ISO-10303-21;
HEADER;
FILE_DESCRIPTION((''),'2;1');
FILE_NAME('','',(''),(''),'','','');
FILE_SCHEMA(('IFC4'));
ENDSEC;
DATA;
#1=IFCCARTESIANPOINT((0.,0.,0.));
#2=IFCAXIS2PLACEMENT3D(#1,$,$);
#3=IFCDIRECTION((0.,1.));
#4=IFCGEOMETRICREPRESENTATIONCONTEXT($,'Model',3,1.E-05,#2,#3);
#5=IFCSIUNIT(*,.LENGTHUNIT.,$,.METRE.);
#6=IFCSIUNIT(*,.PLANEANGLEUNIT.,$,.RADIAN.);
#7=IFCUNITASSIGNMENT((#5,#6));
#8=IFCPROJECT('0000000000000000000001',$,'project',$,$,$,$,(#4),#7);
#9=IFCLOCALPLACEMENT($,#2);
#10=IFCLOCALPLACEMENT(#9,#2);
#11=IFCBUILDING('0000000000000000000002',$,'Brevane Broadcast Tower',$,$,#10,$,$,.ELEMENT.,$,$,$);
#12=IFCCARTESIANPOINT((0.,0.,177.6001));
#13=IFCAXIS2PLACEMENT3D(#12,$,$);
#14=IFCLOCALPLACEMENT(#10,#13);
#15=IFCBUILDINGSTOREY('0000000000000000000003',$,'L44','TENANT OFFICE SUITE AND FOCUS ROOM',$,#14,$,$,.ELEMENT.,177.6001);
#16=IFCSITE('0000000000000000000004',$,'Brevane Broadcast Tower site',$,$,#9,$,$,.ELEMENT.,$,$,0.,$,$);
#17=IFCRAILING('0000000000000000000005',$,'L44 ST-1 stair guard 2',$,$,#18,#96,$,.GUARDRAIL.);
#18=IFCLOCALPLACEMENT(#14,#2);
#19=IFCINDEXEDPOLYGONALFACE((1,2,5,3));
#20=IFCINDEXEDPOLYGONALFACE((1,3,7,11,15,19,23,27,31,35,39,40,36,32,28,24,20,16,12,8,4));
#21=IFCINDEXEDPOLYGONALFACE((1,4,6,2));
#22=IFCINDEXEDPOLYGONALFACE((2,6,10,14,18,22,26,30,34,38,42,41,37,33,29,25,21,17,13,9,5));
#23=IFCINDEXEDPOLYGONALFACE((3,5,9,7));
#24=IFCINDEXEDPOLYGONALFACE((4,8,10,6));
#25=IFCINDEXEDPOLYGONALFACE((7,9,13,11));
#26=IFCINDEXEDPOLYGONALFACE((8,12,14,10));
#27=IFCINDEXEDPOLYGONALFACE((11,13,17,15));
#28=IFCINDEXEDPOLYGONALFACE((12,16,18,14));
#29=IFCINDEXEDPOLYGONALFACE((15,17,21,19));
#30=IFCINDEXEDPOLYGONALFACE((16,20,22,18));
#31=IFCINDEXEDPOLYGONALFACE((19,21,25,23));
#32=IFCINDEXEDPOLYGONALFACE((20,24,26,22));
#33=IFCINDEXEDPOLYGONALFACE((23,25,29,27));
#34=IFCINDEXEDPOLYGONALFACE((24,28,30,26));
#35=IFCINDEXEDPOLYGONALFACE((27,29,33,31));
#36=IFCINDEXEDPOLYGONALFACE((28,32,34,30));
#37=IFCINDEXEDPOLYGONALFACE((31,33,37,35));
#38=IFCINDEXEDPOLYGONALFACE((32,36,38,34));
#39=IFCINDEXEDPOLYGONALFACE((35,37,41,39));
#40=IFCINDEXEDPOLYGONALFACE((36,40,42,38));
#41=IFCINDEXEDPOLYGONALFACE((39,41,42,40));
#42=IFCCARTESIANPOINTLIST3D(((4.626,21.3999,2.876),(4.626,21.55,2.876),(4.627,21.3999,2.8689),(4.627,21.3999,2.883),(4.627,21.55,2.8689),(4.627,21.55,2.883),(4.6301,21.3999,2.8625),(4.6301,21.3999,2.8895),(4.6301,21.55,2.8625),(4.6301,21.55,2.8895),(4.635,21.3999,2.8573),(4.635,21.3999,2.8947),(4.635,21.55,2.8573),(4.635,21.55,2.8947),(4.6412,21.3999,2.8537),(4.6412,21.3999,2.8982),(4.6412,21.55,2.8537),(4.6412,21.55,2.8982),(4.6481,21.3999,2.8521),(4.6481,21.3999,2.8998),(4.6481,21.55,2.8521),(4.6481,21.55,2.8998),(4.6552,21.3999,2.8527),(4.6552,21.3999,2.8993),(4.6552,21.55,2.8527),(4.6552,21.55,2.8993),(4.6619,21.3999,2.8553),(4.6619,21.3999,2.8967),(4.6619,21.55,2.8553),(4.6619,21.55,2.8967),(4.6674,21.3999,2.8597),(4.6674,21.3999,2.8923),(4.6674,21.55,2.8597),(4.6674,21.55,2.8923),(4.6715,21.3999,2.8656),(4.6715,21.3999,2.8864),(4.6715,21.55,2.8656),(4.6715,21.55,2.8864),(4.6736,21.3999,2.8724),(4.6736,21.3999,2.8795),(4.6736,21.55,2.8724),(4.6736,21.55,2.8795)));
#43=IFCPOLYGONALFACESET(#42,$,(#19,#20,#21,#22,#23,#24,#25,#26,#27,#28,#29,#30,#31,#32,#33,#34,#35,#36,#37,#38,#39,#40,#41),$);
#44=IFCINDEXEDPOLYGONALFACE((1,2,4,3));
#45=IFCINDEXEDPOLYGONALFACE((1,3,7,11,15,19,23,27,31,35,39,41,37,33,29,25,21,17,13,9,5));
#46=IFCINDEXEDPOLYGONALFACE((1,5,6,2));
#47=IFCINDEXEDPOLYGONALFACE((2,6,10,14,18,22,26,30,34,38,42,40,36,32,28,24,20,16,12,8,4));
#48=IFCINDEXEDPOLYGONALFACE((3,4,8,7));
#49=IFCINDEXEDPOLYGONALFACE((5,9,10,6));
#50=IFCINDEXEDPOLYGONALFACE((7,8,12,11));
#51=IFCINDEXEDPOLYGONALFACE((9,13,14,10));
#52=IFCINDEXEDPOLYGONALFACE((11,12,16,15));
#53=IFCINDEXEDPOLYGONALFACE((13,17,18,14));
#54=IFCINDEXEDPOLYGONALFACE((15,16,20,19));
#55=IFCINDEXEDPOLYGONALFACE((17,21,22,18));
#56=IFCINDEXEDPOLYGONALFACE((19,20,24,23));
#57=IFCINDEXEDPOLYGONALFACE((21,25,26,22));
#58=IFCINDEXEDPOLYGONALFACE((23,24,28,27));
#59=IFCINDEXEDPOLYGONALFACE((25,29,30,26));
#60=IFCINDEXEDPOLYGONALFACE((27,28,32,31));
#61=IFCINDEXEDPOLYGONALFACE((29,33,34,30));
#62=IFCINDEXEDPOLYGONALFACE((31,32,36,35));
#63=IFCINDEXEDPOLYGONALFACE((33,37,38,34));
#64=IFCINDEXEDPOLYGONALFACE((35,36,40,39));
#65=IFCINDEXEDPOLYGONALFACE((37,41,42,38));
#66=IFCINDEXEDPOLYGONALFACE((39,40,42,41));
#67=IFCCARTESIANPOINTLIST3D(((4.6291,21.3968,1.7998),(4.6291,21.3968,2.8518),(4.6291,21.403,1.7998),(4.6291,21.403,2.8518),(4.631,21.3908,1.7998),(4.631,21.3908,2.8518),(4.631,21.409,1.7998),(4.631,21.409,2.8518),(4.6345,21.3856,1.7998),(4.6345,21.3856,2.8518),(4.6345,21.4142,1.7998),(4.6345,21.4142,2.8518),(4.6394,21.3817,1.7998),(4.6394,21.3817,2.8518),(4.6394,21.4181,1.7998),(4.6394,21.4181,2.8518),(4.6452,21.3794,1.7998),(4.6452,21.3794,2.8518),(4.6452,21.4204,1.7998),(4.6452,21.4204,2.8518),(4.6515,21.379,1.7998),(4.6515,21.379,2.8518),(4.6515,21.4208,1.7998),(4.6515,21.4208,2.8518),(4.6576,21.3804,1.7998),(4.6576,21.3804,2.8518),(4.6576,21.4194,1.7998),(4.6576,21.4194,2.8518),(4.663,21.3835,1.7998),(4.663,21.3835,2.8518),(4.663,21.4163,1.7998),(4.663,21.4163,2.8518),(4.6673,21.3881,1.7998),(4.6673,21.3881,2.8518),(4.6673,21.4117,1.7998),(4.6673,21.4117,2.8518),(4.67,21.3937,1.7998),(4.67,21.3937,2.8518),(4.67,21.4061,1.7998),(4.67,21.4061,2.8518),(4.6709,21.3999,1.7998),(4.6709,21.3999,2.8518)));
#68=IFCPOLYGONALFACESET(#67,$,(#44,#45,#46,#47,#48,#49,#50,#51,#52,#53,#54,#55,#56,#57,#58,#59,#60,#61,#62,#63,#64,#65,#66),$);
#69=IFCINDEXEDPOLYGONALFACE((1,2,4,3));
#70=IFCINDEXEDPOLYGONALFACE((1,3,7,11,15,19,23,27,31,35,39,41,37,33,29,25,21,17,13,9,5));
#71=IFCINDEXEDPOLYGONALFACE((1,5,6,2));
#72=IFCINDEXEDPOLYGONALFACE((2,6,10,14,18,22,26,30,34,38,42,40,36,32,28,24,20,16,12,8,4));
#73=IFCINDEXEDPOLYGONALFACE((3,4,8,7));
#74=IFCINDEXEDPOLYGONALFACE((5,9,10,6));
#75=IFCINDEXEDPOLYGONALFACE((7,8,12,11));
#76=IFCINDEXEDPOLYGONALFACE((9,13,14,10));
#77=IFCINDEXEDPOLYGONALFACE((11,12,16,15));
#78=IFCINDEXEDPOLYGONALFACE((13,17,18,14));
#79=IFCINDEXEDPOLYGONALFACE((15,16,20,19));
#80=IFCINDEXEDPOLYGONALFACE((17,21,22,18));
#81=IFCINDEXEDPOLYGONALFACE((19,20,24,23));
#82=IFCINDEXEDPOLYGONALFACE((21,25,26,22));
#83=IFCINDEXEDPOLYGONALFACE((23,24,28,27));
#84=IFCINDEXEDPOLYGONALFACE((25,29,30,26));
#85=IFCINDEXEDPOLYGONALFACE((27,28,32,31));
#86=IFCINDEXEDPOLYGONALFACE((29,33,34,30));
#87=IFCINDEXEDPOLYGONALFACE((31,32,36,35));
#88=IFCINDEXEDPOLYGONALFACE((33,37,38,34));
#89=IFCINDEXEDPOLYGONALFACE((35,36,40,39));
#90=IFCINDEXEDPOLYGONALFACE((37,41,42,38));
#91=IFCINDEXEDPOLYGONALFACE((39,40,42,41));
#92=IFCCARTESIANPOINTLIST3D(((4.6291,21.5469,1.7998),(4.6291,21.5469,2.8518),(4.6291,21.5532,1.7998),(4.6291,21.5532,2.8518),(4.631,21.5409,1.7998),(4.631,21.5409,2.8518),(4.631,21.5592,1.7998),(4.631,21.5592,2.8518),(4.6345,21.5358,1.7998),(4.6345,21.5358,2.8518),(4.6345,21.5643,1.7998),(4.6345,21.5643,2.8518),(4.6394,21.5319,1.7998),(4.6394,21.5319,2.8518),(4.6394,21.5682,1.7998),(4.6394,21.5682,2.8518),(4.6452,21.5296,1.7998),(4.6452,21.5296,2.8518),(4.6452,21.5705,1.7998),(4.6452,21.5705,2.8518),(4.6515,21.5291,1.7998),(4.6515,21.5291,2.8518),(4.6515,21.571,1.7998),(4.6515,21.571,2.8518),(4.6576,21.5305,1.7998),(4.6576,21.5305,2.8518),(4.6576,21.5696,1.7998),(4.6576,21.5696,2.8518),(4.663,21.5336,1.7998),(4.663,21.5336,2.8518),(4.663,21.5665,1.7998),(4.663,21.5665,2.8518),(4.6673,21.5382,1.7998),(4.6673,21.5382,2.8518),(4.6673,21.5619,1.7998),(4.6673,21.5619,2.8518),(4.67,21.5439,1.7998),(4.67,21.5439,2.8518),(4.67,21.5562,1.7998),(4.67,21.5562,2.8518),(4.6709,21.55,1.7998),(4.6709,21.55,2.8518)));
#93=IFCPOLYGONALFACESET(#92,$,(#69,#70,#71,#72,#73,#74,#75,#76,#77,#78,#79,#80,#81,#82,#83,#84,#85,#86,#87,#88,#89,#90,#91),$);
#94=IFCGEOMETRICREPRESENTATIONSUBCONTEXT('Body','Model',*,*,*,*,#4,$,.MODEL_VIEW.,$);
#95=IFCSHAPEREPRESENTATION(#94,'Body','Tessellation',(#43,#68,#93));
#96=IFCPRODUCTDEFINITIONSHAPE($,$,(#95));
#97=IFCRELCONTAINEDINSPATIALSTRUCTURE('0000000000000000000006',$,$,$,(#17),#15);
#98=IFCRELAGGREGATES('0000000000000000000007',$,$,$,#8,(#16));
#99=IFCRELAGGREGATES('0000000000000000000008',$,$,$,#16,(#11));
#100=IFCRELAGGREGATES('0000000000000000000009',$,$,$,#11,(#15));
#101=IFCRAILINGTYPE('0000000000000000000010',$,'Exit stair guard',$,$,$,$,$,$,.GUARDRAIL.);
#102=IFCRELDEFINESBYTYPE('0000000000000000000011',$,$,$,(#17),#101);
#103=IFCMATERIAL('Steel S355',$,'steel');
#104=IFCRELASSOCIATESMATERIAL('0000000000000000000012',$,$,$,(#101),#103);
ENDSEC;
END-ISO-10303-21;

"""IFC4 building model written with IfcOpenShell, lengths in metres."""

from ifc_helpers import new_model, si_unit, direction, frame, origin, origin_2d, place, context, subcontext, project, spatial, circle, extrude, material, type_object, element, save


model = new_model("IFC4")

# Units and contexts
model_context = context("Model", 3, precision=1e-05, world=origin(), true_north=direction((0.0, 1.0)))
body_context = subcontext(model_context, "Body", "Model", "MODEL_VIEW")
ifc_project = project(units=[si_unit("LENGTHUNIT", "METRE"), si_unit("PLANEANGLEUNIT", "RADIAN")], contexts=[model_context])

# Site, building, storey
site_placement = place(None, origin())
site = spatial("IfcSite", under=ifc_project, at=site_placement, Name="Brevane Broadcast Tower site", CompositionType="ELEMENT", RefElevation=0.0)
building_placement = place(site_placement, origin())
building = spatial("IfcBuilding", under=site, at=building_placement, Name="Brevane Broadcast Tower", CompositionType="ELEMENT")
storey_placement = place(building_placement, frame((0.0, 0.0, 177.6001)))
storey = spatial("IfcBuildingStorey", under=building, at=storey_placement, Name="L44", Description="TENANT OFFICE SUITE AND FOCUS ROOM", CompositionType="ELEMENT", Elevation=177.6001)

# Railing
ifc_material_1 = material(Name="Steel S355", Category="steel")
railing_type_1 = type_object("IfcRailingType", Name="Exit stair guard", PredefinedType="GUARDRAIL", material=ifc_material_1)
railing_1_placement = place(storey_placement, frame((4.6499, 21.3999, 1.7998)))
element("IfcRailing", 1, at=railing_1_placement, inside=storey, type_object=railing_type_1, Name="L44 ST-1 stair guard 2", PredefinedType="GUARDRAIL", context=body_context, shape_type="SweptSolid", body=[
    extrude(circle(Radius=0.0239, at=origin_2d()), frame((0.0, 0.0, 1.0762), z_axis=(0.0, 1.0, 0.0), x_axis=(-1.0, 0.0, 0.0)), (0.0, 0.0, 1.0), 0.1501),
    extrude(circle(Radius=0.021, at=origin_2d()), origin(), (0.0, 0.0, 1.0), 1.052),
    extrude(circle(Radius=0.021, at=origin_2d()), frame((0.0, 0.1501, 0.0)), (0.0, 0.0, 1.0), 1.052),
])

save(model, "model.ifc")
